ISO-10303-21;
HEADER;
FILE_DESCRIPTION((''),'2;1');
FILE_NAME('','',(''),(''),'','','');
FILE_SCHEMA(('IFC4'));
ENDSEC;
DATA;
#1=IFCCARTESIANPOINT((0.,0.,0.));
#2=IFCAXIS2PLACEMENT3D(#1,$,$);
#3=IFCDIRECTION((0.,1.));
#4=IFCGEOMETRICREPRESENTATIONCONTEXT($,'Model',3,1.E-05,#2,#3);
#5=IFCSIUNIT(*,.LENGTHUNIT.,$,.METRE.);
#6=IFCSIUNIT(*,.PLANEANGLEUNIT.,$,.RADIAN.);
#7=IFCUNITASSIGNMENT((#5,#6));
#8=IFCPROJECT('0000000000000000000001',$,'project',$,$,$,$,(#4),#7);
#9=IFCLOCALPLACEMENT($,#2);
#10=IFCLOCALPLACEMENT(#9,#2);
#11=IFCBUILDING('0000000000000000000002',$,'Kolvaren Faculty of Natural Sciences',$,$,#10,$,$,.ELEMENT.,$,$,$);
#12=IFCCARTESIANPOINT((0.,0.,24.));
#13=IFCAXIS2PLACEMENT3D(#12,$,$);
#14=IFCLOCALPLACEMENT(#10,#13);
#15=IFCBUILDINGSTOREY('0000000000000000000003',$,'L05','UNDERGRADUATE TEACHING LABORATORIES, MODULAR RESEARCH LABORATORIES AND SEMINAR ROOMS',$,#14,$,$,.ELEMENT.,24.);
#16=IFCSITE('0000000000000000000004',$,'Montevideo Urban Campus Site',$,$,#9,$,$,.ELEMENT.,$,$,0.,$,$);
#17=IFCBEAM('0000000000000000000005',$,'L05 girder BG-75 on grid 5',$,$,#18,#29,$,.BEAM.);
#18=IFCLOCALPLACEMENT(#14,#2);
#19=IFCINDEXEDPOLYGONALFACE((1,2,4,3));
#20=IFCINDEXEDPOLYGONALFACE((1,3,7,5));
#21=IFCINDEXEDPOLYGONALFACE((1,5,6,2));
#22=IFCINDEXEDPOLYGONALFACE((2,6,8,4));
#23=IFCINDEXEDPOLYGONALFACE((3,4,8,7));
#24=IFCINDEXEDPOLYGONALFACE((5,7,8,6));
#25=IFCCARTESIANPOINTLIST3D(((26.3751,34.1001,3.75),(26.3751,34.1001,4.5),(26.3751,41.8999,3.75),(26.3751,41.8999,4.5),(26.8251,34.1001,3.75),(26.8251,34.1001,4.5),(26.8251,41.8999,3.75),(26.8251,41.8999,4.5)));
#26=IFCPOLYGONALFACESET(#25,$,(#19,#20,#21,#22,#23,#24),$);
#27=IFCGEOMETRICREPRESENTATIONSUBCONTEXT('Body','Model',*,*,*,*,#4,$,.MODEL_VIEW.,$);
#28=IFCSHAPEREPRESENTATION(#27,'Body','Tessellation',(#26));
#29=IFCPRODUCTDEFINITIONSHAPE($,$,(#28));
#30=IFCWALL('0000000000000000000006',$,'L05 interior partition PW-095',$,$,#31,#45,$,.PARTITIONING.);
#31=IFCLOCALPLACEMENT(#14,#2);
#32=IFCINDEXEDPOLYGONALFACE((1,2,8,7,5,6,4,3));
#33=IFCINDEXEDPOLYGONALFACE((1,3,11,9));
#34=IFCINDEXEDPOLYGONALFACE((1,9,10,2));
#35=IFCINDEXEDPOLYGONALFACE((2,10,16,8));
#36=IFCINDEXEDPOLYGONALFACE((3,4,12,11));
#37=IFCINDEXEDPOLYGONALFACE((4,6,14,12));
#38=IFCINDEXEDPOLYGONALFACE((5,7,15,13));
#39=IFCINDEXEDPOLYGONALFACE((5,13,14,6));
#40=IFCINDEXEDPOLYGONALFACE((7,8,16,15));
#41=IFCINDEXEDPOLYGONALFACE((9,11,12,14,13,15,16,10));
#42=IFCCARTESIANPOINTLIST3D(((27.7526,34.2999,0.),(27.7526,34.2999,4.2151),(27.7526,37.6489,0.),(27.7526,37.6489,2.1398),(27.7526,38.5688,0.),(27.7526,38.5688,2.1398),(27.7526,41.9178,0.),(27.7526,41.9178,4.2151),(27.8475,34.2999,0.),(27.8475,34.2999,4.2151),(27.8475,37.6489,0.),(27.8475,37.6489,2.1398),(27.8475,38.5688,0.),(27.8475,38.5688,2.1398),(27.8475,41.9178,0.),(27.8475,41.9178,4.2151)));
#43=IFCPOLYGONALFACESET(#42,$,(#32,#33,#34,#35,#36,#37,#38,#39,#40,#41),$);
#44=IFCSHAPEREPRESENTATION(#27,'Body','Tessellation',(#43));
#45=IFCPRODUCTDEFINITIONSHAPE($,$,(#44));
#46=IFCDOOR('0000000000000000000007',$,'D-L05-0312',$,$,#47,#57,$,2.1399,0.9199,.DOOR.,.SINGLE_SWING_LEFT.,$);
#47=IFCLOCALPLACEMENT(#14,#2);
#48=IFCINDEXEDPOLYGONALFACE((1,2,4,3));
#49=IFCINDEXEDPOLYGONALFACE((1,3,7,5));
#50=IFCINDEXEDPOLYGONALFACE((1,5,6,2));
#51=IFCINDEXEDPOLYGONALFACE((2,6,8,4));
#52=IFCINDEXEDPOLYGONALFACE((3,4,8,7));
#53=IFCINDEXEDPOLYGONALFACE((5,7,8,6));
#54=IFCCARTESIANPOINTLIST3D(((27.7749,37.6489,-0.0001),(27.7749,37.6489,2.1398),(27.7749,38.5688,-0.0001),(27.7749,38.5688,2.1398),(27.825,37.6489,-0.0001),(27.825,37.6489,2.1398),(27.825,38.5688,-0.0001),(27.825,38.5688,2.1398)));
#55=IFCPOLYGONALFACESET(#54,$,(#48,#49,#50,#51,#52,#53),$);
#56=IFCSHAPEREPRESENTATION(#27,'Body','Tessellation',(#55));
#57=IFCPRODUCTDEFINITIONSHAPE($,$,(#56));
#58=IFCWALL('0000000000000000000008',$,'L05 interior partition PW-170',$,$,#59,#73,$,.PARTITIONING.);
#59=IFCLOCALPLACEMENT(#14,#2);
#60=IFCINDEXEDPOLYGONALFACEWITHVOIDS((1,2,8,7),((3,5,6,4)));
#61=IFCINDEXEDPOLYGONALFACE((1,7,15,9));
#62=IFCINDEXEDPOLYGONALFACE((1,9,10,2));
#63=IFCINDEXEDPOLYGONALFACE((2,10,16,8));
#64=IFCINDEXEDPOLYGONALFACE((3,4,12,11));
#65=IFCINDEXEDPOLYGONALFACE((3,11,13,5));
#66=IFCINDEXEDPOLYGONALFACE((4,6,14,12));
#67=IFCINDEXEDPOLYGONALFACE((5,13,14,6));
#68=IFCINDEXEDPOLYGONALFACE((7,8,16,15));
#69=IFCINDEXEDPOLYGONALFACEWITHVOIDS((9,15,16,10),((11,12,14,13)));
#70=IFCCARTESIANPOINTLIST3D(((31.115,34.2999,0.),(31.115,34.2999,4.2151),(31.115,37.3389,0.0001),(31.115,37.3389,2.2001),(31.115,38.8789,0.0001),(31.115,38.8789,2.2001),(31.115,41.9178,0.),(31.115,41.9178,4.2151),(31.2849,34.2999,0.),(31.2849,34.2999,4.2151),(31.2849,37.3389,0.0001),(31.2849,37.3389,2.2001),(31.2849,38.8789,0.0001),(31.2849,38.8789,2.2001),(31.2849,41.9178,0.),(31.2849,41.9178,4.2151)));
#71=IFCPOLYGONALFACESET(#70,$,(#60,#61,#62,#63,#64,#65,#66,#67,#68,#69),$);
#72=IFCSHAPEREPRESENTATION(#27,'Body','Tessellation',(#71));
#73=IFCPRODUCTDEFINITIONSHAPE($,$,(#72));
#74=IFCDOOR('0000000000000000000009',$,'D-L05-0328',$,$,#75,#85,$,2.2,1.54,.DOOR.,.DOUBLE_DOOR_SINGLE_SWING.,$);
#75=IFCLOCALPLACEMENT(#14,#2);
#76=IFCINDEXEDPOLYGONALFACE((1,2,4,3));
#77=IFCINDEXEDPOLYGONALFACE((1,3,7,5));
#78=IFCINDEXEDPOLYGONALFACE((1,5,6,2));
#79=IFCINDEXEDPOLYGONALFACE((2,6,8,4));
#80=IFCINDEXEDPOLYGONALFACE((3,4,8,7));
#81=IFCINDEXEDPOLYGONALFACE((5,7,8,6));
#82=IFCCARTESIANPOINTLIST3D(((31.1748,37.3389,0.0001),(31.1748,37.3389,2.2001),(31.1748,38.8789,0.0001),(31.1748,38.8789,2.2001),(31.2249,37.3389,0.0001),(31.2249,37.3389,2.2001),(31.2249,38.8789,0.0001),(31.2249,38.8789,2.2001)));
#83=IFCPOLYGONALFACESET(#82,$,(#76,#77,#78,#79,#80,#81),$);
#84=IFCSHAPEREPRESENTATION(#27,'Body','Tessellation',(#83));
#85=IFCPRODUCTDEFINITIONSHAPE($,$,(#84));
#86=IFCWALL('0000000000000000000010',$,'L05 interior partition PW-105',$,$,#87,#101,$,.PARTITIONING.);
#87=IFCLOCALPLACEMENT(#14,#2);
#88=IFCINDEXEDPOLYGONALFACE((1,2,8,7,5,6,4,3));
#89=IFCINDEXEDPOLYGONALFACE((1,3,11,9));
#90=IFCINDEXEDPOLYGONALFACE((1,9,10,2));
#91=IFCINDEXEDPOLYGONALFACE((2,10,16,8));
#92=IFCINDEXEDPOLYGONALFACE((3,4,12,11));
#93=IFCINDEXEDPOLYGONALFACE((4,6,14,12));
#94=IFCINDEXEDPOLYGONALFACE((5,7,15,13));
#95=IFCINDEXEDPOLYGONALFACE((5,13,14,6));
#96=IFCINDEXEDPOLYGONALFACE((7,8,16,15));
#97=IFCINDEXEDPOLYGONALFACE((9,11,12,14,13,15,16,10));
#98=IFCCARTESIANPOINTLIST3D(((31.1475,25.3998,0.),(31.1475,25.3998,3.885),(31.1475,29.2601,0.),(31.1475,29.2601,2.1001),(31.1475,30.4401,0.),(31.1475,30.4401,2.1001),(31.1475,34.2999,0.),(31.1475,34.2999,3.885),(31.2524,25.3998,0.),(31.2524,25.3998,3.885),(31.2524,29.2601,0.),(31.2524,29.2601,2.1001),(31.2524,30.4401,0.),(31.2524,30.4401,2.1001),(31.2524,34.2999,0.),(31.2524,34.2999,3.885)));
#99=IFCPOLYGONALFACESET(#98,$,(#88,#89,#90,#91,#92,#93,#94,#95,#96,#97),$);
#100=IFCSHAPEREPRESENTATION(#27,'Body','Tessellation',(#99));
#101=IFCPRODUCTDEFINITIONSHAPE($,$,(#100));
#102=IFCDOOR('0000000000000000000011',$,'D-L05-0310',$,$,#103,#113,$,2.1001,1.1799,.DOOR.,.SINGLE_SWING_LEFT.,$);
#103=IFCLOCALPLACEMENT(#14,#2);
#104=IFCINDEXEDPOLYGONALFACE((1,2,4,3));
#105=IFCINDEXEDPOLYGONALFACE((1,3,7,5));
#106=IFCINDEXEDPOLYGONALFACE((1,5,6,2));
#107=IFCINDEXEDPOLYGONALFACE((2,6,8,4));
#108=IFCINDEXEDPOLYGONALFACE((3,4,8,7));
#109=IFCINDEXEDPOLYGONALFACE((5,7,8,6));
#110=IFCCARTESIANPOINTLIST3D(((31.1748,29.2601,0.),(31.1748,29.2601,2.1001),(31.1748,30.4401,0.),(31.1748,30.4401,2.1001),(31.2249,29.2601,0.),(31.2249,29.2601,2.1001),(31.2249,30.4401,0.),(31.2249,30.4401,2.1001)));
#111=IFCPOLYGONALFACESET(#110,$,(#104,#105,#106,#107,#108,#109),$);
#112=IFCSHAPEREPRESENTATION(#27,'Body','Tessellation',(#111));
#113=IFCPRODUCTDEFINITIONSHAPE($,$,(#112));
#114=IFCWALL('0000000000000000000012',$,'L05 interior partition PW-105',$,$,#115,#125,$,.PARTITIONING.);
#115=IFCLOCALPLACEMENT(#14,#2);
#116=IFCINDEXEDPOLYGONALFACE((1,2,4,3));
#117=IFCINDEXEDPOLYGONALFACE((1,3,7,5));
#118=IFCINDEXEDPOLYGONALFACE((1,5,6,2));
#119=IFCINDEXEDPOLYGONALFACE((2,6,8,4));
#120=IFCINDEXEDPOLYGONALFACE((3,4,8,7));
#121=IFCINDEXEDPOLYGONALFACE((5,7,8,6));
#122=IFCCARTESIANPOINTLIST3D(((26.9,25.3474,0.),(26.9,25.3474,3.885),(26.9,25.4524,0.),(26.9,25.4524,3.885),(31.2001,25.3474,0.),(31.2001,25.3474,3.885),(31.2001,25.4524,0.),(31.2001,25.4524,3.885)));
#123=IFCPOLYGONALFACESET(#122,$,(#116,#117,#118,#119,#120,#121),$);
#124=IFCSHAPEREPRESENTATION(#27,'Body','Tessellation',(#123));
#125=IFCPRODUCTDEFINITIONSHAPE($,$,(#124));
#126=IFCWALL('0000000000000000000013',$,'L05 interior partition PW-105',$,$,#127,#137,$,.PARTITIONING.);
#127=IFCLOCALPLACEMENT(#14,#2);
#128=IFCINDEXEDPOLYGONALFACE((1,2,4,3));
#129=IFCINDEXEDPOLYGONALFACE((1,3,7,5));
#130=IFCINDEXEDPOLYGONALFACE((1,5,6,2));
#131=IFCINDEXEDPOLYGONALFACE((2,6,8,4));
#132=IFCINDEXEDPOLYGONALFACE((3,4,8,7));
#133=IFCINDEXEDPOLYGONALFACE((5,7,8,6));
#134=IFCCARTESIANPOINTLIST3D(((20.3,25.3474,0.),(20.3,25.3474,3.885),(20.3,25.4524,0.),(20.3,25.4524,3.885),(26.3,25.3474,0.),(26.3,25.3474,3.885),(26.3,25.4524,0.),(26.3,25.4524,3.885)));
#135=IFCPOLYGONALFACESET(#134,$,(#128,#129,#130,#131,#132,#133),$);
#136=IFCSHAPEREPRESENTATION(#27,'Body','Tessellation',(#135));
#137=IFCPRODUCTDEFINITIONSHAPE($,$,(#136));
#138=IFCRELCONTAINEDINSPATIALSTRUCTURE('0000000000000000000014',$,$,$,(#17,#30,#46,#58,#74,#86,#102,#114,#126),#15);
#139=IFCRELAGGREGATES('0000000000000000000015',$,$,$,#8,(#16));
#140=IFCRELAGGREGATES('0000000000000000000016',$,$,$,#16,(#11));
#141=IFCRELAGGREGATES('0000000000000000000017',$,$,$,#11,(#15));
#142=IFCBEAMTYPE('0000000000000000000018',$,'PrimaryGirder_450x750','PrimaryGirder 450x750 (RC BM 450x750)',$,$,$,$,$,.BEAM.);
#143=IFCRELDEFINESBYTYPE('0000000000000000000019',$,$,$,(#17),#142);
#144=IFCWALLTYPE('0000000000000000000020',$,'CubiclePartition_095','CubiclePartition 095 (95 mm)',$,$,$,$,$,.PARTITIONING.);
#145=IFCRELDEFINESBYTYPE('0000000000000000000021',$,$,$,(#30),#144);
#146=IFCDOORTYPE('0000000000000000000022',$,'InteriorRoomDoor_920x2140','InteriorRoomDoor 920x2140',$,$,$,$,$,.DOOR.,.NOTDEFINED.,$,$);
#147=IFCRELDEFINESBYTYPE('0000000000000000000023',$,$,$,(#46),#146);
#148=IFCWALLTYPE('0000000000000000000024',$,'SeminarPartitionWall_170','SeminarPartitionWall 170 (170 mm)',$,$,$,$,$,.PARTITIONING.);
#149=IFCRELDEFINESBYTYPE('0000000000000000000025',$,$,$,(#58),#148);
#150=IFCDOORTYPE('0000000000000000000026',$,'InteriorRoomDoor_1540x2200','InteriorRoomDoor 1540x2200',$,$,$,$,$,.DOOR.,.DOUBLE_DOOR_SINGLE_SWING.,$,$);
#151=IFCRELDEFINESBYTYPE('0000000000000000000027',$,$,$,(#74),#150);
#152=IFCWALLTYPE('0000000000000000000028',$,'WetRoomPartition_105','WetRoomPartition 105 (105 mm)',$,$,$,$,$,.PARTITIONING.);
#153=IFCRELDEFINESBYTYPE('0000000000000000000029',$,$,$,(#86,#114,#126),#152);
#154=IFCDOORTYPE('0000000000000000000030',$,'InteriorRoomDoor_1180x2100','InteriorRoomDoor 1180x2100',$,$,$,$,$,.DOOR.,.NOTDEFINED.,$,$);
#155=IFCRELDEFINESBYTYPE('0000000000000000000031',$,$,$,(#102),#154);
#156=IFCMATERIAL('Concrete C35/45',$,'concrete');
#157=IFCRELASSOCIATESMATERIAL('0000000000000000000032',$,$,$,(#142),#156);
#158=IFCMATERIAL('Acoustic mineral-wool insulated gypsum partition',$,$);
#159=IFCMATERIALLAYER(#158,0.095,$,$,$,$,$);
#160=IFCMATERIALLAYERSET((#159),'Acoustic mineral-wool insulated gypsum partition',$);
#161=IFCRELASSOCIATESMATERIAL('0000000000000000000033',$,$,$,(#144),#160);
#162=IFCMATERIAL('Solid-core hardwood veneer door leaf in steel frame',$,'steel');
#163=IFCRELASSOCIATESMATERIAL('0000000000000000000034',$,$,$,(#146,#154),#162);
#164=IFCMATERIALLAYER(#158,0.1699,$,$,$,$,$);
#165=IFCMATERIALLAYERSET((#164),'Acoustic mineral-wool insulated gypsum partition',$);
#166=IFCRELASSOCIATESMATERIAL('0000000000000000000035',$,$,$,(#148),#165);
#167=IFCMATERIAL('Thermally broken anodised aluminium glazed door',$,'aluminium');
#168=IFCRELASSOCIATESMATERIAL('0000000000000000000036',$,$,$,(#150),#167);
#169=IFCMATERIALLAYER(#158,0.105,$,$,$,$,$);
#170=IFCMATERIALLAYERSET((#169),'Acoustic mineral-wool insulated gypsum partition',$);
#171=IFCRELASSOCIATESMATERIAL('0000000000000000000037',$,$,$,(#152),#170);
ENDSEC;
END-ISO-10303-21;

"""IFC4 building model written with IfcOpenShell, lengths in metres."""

from ifc_helpers import new_model, si_unit, direction, frame, frame_2d, origin, origin_2d, place, context, subcontext, project, spatial, rectangle, extrude, material, layer, layer_set, material_profile, profile_set, type_object, element, fill, save


model = new_model("IFC4")

# Units and contexts
model_context = context("Model", 3, precision=1e-05, world=origin(), true_north=direction((0.0, 1.0)))
body_context = subcontext(model_context, "Body", "Model", "MODEL_VIEW")
ifc_project = project(units=[si_unit("LENGTHUNIT", "METRE"), si_unit("PLANEANGLEUNIT", "RADIAN")], contexts=[model_context])

# Site, building, storey
site_placement = place(None, origin())
site = spatial("IfcSite", under=ifc_project, at=site_placement, Name="Montevideo Urban Campus Site", CompositionType="ELEMENT", RefElevation=0.0)
building_placement = place(site_placement, origin())
building = spatial("IfcBuilding", under=site, at=building_placement, Name="Kolvaren Faculty of Natural Sciences", CompositionType="ELEMENT")
storey_placement = place(building_placement, frame((0.0, 0.0, 24.0)))
storey = spatial("IfcBuildingStorey", under=building, at=storey_placement, Name="L05", Description="UNDERGRADUATE TEACHING LABORATORIES, MODULAR RESEARCH LABORATORIES AND SEMINAR ROOMS", CompositionType="ELEMENT", Elevation=24.0)

# Shared definitions
ifc_material_1 = material(Name="Concrete C35/45", Category="concrete")

# Beam
ifc_material_profile_1 = material_profile(ifc_material_1, rectangle(XDim=0.45, YDim=0.75, at=origin_2d()), Name="RC BM 450x750")
ifc_profile_set_1 = profile_set([ifc_material_profile_1], Name="Concrete C35/45")
beam_type_1 = type_object("IfcBeamType", Name="PrimaryGirder_450x750", Description="PrimaryGirder 450x750 (RC BM 450x750)", PredefinedType="BEAM", material=ifc_profile_set_1)
beam_1_placement = place(storey_placement, frame((26.6001, 34.1001, 4.125), z_axis=(0.0, 1.0, 0.0), x_axis=(-1.0, 0.0, 0.0)))
element("IfcBeam", 1, at=beam_1_placement, inside=storey, type_object=beam_type_1, Name="L05 girder BG-75 on grid 5", PredefinedType="BEAM", context=body_context, shape_type="SweptSolid", body=[
    extrude(rectangle(XDim=0.45, YDim=0.75, at=origin_2d()), origin(), (0.0, 0.0, 1.0), 7.7998),
])

# Walls, openings, doors
ifc_material_2 = material(Name="Acoustic mineral-wool insulated gypsum partition")
ifc_layer_1 = layer(ifc_material_2, 0.095)
ifc_layer_set_1 = layer_set([ifc_layer_1], Name="Acoustic mineral-wool insulated gypsum partition")
wall_type_1 = type_object("IfcWallType", Name="CubiclePartition_095", Description="CubiclePartition 095 (95 mm)", PredefinedType="PARTITIONING", material=ifc_layer_set_1)
wall_1_placement = place(storey_placement, frame((27.8, 41.918, 0.0), z_axis=(0.0, 0.0, 1.0), x_axis=(0.0, -1.0, 0.0)))
wall_1 = element("IfcWall", 2, at=wall_1_placement, inside=storey, type_object=wall_type_1, Name="L05 interior partition PW-095", PredefinedType="PARTITIONING", context=body_context, shape_type="SweptSolid", body=[
    extrude(rectangle(XDim=7.6179, YDim=0.095, at=frame_2d((3.8091, 0.0))), origin(), (0.0, 0.0, 1.0), 4.2151),
])
opening_1_placement = place(wall_1_placement, frame((3.3491, 0.0, 0.0)))
opening_1 = element("IfcOpeningElement", 3, at=opening_1_placement, cuts=wall_1, PredefinedType="OPENING", context=body_context, shape_type="SweptSolid", body=[
    extrude(rectangle(XDim=0.9199, YDim=2.1399, at=frame_2d((0.46, 1.0698))), frame((0.0, 0.0574, 0.0), z_axis=(0.0, -1.0, 0.0), x_axis=(1.0, 0.0, 0.0)), (0.0, 0.0, 1.0), 0.115),
])
ifc_material_3 = material(Name="Solid-core hardwood veneer door leaf in steel frame", Category="steel")
door_type_1 = type_object("IfcDoorType", Name="InteriorRoomDoor_920x2140", Description="InteriorRoomDoor 920x2140", OperationType="NOTDEFINED", PredefinedType="DOOR", material=ifc_material_3)
door_1_placement = place(opening_1_placement, origin())
door_1 = element("IfcDoor", 4, at=door_1_placement, inside=storey, type_object=door_type_1, Name="D-L05-0312", OperationType="SINGLE_SWING_LEFT", OverallHeight=2.1399, OverallWidth=0.9199, PredefinedType="DOOR", context=body_context, shape_type="SweptSolid", body=[
    extrude(rectangle(XDim=0.9199, YDim=2.1399, at=frame_2d((0.46, 1.0698))), frame((0.0, 0.0249, 0.0), z_axis=(0.0, -1.0, 0.0), x_axis=(1.0, 0.0, 0.0)), (0.0, 0.0, 1.0), 0.05),
])
fill(opening_1, door_1)
ifc_layer_2 = layer(ifc_material_2, 0.1699)
ifc_layer_set_2 = layer_set([ifc_layer_2], Name="Acoustic mineral-wool insulated gypsum partition")
wall_type_2 = type_object("IfcWallType", Name="SeminarPartitionWall_170", Description="SeminarPartitionWall 170 (170 mm)", PredefinedType="PARTITIONING", material=ifc_layer_set_2)
wall_2_placement = place(storey_placement, frame((31.2, 41.918, 0.0), z_axis=(0.0, 0.0, 1.0), x_axis=(0.0, -1.0, 0.0)))
wall_2 = element("IfcWall", 5, at=wall_2_placement, inside=storey, type_object=wall_type_2, Name="L05 interior partition PW-170", PredefinedType="PARTITIONING", context=body_context, shape_type="SweptSolid", body=[
    extrude(rectangle(XDim=7.6179, YDim=0.1699, at=frame_2d((3.8091, 0.0))), origin(), (0.0, 0.0, 1.0), 4.2151),
])
opening_2_placement = place(wall_2_placement, frame((3.0391, 0.0, 0.0)))
opening_2 = element("IfcOpeningElement", 6, at=opening_2_placement, cuts=wall_2, PredefinedType="OPENING", context=body_context, shape_type="SweptSolid", body=[
    extrude(rectangle(XDim=1.54, YDim=2.2, at=frame_2d((0.77, 1.1001))), frame((0.0, 0.095, 0.0), z_axis=(0.0, -1.0, 0.0), x_axis=(1.0, 0.0, 0.0)), (0.0, 0.0, 1.0), 0.1899),
])
ifc_material_4 = material(Name="Thermally broken anodised aluminium glazed door", Category="aluminium")
door_type_2 = type_object("IfcDoorType", Name="InteriorRoomDoor_1540x2200", Description="InteriorRoomDoor 1540x2200", OperationType="DOUBLE_DOOR_SINGLE_SWING", PredefinedType="DOOR", material=ifc_material_4)
door_2_placement = place(opening_2_placement, origin())
door_2 = element("IfcDoor", 7, at=door_2_placement, inside=storey, type_object=door_type_2, Name="D-L05-0328", OperationType="DOUBLE_DOOR_SINGLE_SWING", OverallHeight=2.2, OverallWidth=1.54, PredefinedType="DOOR", context=body_context, shape_type="SweptSolid", body=[
    extrude(rectangle(XDim=1.54, YDim=2.2, at=frame_2d((0.77, 1.1001))), frame((0.0, 0.0249, 0.0), z_axis=(0.0, -1.0, 0.0), x_axis=(1.0, 0.0, 0.0)), (0.0, 0.0, 1.0), 0.05),
])
fill(opening_2, door_2)
ifc_layer_3 = layer(ifc_material_2, 0.105)
ifc_layer_set_3 = layer_set([ifc_layer_3], Name="Acoustic mineral-wool insulated gypsum partition")
wall_type_3 = type_object("IfcWallType", Name="WetRoomPartition_105", Description="WetRoomPartition 105 (105 mm)", PredefinedType="PARTITIONING", material=ifc_layer_set_3)
wall_3_placement = place(storey_placement, frame((31.2, 34.3, 0.0), z_axis=(0.0, 0.0, 1.0), x_axis=(0.0, -1.0, 0.0)))
wall_3 = element("IfcWall", 8, at=wall_3_placement, inside=storey, type_object=wall_type_3, Name="L05 interior partition PW-105", PredefinedType="PARTITIONING", context=body_context, shape_type="SweptSolid", body=[
    extrude(rectangle(XDim=8.9001, YDim=0.105, at=frame_2d((4.4502, 0.0))), origin(), (0.0, 0.0, 1.0), 3.885),
])
opening_3_placement = place(wall_3_placement, frame((3.8601, 0.0, 0.0)))
opening_3 = element("IfcOpeningElement", 9, at=opening_3_placement, cuts=wall_3, PredefinedType="OPENING", context=body_context, shape_type="SweptSolid", body=[
    extrude(rectangle(XDim=1.1799, YDim=2.1001, at=frame_2d((0.5898, 1.05))), frame((0.0, 0.0625, 0.0), z_axis=(0.0, -1.0, 0.0), x_axis=(1.0, 0.0, 0.0)), (0.0, 0.0, 1.0), 0.125),
])
door_type_3 = type_object("IfcDoorType", Name="InteriorRoomDoor_1180x2100", Description="InteriorRoomDoor 1180x2100", OperationType="NOTDEFINED", PredefinedType="DOOR", material=ifc_material_3)
door_3_placement = place(opening_3_placement, origin())
door_3 = element("IfcDoor", 10, at=door_3_placement, inside=storey, type_object=door_type_3, Name="D-L05-0310", OperationType="SINGLE_SWING_LEFT", OverallHeight=2.1001, OverallWidth=1.1799, PredefinedType="DOOR", context=body_context, shape_type="SweptSolid", body=[
    extrude(rectangle(XDim=1.1799, YDim=2.1001, at=frame_2d((0.5898, 1.05))), frame((0.0, 0.0249, 0.0), z_axis=(0.0, -1.0, 0.0), x_axis=(1.0, 0.0, 0.0)), (0.0, 0.0, 1.0), 0.05),
])
fill(opening_3, door_3)

# Walls
wall_4_placement = place(storey_placement, frame((31.2, 25.3999, 0.0), z_axis=(0.0, 0.0, 1.0), x_axis=(-1.0, 0.0, 0.0)))
element("IfcWall", 11, at=wall_4_placement, inside=storey, type_object=wall_type_3, Name="L05 interior partition PW-105", PredefinedType="PARTITIONING", context=body_context, shape_type="SweptSolid", body=[
    extrude(rectangle(XDim=4.3, YDim=0.105, at=frame_2d((2.1499, 0.0))), origin(), (0.0, 0.0, 1.0), 3.885),
])
wall_5_placement = place(storey_placement, frame((26.3, 25.3999, 0.0), z_axis=(0.0, 0.0, 1.0), x_axis=(-1.0, 0.0, 0.0)))
element("IfcWall", 12, at=wall_5_placement, inside=storey, type_object=wall_type_3, Name="L05 interior partition PW-105", PredefinedType="PARTITIONING", context=body_context, shape_type="SweptSolid", body=[
    extrude(rectangle(XDim=6.0, YDim=0.105, at=frame_2d((3.0, 0.0))), origin(), (0.0, 0.0, 1.0), 3.885),
])

save(model, "model.ifc")
